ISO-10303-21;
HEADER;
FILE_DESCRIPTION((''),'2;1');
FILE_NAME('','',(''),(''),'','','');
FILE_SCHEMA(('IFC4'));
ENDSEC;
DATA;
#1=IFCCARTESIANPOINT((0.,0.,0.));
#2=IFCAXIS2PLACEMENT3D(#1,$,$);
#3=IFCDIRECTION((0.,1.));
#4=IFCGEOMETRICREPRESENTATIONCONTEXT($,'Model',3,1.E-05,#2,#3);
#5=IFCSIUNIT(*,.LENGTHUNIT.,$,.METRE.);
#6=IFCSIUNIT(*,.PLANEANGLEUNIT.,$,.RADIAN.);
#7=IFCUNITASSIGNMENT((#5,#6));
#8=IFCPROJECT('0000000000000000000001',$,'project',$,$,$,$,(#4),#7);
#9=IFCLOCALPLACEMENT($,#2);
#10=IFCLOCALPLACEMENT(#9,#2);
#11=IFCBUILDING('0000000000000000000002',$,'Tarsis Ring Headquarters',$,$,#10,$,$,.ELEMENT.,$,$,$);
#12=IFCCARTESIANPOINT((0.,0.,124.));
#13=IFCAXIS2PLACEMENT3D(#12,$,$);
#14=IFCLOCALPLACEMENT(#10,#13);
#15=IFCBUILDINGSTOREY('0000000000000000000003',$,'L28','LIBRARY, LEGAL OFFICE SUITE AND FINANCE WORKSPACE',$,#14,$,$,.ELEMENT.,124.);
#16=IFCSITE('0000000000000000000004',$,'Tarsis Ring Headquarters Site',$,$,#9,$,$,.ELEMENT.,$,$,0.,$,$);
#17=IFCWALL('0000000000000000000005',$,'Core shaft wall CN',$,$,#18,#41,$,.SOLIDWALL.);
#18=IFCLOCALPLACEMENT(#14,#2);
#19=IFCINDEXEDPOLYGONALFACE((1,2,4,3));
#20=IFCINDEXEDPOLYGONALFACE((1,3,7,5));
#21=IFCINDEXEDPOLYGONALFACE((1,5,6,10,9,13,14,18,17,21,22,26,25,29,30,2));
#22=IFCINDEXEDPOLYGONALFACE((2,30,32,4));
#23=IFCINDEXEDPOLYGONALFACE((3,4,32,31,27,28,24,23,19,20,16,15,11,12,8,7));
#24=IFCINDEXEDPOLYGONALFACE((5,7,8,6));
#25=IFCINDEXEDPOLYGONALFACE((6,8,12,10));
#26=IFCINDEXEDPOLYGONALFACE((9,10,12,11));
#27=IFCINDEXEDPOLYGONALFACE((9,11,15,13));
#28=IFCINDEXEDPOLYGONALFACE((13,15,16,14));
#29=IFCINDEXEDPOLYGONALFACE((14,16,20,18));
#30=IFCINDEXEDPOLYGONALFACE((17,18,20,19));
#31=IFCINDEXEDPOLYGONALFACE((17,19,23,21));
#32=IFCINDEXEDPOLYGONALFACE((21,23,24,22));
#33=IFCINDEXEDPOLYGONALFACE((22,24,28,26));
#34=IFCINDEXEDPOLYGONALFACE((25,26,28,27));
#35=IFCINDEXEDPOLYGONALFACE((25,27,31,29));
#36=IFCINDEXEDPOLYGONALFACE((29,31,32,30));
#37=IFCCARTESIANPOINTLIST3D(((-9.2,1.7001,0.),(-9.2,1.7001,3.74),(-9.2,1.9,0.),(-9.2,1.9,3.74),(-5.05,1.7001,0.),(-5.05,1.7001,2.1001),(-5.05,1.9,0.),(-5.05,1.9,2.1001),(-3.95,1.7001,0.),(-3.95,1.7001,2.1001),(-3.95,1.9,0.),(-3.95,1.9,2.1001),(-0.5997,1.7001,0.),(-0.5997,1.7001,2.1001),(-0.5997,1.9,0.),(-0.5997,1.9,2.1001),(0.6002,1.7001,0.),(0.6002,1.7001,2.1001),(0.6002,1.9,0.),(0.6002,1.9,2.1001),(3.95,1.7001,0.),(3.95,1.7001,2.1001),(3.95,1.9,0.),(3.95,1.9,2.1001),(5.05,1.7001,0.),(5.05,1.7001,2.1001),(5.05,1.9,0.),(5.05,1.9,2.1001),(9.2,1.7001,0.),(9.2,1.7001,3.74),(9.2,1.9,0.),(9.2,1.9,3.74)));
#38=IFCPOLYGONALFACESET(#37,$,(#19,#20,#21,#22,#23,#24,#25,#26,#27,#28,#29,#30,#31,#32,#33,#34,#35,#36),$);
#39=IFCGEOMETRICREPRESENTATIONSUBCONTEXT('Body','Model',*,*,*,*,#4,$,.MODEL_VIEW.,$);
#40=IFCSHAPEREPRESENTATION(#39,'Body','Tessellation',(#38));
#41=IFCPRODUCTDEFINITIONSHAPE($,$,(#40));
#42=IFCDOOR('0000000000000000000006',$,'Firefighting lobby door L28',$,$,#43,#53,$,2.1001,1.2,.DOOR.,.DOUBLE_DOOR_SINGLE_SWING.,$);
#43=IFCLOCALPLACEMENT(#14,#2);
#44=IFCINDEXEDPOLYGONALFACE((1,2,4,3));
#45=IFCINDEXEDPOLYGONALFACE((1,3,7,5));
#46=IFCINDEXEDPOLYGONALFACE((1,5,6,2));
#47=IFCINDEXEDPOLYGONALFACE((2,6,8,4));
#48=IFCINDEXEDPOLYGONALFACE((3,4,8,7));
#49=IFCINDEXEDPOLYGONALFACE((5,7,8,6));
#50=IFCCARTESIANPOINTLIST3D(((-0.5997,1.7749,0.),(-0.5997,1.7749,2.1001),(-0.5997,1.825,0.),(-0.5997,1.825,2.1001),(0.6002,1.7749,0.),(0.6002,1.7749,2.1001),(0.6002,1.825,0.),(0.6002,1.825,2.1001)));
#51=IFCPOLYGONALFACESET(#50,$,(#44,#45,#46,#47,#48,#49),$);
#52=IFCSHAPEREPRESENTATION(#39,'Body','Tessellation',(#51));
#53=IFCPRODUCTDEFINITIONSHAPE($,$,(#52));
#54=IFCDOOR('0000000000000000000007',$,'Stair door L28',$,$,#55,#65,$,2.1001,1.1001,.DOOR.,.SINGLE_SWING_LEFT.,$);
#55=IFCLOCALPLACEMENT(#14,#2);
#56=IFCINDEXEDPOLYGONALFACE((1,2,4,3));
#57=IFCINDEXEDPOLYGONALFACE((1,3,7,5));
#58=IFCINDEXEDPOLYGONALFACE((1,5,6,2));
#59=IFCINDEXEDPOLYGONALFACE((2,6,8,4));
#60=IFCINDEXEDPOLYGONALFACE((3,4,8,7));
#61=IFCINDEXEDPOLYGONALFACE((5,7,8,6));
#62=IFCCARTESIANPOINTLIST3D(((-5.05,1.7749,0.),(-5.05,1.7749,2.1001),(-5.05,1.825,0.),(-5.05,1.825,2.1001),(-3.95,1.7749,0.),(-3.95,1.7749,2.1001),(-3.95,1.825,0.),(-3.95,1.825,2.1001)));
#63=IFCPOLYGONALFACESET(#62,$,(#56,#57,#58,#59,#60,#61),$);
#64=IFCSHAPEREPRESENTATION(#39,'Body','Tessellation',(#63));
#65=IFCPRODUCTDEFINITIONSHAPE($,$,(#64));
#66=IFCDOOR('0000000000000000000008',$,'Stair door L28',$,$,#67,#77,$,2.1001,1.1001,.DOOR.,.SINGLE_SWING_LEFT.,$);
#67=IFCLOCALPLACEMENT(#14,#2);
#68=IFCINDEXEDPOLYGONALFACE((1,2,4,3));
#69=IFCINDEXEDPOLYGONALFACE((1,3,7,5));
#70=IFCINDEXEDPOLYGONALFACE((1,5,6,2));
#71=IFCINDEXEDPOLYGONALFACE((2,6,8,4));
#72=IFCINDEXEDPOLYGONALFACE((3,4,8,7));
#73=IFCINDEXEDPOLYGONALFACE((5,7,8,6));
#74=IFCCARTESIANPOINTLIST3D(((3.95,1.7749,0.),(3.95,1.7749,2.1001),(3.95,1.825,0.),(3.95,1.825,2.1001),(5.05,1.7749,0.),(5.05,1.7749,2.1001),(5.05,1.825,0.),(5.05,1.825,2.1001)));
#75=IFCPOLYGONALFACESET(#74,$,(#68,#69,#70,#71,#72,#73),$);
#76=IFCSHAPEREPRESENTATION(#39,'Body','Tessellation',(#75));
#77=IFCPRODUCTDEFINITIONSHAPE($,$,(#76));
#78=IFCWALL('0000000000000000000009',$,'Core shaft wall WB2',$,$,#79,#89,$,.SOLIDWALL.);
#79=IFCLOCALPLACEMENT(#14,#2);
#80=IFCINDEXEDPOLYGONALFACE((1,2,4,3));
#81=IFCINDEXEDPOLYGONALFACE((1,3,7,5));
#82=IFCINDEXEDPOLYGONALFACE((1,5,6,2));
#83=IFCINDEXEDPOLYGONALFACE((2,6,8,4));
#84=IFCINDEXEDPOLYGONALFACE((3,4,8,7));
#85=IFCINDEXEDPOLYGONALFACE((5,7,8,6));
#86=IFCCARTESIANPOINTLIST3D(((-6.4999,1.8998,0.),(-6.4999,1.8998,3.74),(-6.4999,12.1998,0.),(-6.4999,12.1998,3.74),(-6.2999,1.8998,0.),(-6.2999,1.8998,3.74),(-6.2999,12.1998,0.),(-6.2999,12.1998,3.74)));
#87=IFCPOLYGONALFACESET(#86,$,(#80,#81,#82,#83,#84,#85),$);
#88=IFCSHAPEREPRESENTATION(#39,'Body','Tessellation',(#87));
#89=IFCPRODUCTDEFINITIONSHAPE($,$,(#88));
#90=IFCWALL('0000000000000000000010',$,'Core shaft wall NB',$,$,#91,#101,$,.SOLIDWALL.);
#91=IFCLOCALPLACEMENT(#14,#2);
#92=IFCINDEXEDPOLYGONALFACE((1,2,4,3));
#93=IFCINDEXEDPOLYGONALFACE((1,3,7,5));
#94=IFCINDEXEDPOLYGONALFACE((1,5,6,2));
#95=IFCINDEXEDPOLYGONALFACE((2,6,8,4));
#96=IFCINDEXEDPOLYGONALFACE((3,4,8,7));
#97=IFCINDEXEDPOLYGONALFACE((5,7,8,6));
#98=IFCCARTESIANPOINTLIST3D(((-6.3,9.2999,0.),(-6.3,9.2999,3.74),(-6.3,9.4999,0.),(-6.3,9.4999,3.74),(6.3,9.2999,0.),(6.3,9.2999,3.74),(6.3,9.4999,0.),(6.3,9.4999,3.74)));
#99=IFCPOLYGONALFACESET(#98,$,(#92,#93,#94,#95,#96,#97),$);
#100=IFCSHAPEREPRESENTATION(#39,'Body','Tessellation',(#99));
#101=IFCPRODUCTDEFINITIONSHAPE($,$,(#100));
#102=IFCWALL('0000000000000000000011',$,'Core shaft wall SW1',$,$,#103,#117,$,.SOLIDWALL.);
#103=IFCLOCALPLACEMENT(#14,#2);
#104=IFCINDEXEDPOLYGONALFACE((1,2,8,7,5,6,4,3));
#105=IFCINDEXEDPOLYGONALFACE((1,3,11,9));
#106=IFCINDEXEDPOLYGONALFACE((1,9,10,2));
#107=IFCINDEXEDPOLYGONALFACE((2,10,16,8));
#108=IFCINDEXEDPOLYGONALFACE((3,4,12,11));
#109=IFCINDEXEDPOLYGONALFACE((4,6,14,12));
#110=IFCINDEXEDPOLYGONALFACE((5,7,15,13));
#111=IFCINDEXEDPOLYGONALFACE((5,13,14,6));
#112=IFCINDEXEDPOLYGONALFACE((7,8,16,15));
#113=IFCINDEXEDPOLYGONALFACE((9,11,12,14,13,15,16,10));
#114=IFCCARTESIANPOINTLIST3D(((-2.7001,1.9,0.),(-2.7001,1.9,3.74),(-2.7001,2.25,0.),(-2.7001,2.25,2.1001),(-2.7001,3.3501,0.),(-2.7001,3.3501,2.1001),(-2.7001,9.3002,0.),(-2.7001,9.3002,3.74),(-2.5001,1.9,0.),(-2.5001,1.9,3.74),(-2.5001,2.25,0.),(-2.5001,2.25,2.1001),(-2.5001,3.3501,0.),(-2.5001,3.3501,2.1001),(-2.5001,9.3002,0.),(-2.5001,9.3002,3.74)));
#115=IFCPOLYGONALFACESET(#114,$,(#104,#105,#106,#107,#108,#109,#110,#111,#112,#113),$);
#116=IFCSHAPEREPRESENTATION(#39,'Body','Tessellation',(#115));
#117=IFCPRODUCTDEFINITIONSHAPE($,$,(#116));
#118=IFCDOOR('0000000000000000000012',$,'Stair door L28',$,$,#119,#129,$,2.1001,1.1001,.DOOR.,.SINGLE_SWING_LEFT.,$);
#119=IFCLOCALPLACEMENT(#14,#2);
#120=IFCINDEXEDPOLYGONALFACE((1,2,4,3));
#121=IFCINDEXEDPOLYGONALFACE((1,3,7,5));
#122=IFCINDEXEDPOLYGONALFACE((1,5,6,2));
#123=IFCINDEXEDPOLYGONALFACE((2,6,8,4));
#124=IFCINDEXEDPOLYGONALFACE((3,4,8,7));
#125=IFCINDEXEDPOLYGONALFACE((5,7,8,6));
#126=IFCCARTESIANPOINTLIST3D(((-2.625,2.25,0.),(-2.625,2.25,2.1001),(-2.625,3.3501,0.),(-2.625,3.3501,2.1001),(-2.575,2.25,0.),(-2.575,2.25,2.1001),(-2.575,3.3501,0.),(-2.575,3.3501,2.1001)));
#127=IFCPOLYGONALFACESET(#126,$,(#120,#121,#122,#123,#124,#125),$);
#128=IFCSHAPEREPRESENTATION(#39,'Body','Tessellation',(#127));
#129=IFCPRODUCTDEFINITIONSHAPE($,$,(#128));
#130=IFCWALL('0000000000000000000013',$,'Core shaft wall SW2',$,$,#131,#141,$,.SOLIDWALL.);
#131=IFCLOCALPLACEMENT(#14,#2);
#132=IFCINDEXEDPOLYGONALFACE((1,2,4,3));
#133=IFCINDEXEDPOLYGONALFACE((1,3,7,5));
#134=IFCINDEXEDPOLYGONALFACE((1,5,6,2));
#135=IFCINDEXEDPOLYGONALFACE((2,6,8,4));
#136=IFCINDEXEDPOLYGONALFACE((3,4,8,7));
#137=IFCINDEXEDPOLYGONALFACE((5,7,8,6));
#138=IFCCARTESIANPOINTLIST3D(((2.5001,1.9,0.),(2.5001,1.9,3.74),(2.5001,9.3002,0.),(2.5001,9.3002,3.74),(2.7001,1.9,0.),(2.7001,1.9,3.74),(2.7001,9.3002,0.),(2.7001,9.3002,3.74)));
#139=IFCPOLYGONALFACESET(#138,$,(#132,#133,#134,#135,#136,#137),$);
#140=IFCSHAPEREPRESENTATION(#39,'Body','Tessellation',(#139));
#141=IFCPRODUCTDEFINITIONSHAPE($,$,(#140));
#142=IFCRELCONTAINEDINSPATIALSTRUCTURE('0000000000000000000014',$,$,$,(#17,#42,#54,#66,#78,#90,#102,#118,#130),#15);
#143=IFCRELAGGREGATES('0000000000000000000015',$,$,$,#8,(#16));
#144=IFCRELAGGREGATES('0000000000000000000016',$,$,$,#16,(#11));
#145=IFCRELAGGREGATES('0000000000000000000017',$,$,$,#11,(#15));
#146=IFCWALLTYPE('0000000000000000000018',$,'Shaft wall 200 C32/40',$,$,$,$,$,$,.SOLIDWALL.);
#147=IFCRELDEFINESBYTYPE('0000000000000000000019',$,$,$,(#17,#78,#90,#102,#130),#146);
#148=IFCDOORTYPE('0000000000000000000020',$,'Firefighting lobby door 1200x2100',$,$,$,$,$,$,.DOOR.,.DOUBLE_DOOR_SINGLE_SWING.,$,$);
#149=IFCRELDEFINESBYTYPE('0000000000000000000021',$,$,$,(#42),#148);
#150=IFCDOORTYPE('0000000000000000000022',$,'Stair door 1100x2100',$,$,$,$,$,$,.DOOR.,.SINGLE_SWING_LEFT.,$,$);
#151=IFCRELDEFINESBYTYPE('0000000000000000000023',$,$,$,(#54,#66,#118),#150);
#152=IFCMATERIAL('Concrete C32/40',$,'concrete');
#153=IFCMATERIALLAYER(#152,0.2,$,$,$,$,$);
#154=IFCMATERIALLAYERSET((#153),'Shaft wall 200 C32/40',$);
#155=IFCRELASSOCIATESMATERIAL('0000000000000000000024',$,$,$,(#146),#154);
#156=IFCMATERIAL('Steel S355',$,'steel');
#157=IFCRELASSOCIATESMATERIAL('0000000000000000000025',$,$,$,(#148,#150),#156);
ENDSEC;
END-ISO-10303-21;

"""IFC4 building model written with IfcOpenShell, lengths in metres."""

from ifc_helpers import new_model, si_unit, direction, frame, frame_2d, origin, place, context, subcontext, project, spatial, rectangle, extrude, material, layer, layer_set, type_object, element, fill, save


model = new_model("IFC4")

# Units and contexts
model_context = context("Model", 3, precision=1e-05, world=origin(), true_north=direction((0.0, 1.0)))
body_context = subcontext(model_context, "Body", "Model", "MODEL_VIEW")
ifc_project = project(units=[si_unit("LENGTHUNIT", "METRE"), si_unit("PLANEANGLEUNIT", "RADIAN")], contexts=[model_context])

# Site, building, storey
site_placement = place(None, origin())
site = spatial("IfcSite", under=ifc_project, at=site_placement, Name="Tarsis Ring Headquarters Site", CompositionType="ELEMENT", RefElevation=0.0)
building_placement = place(site_placement, origin())
building = spatial("IfcBuilding", under=site, at=building_placement, Name="Tarsis Ring Headquarters", CompositionType="ELEMENT")
storey_placement = place(building_placement, frame((0.0, 0.0, 124.0)))
storey = spatial("IfcBuildingStorey", under=building, at=storey_placement, Name="L28", Description="LIBRARY, LEGAL OFFICE SUITE AND FINANCE WORKSPACE", CompositionType="ELEMENT", Elevation=124.0)

# Shared definitions
ifc_material_1 = material(Name="Concrete C32/40", Category="concrete")

# Wall, openings, doors
ifc_layer_1 = layer(ifc_material_1, 0.2)
ifc_layer_set_1 = layer_set([ifc_layer_1], Name="Shaft wall 200 C32/40")
wall_type_1 = type_object("IfcWallType", Name="Shaft wall 200 C32/40", PredefinedType="SOLIDWALL", material=ifc_layer_set_1)
wall_1_placement = place(storey_placement, frame((-9.2, 1.8, 0.0), z_axis=(0.0, 0.0, 1.0), x_axis=(1.0, 0.0, 0.0)))
wall_1 = element("IfcWall", 1, at=wall_1_placement, inside=storey, type_object=wall_type_1, Name="Core shaft wall CN", PredefinedType="SOLIDWALL", context=body_context, shape_type="SweptSolid", body=[
    extrude(rectangle(XDim=18.3999, YDim=0.2, at=frame_2d((9.2, 0.0))), origin(), (0.0, 0.0, 1.0), 3.74),
])
opening_1_placement = place(wall_1_placement, frame((4.1499, 0.0, 0.0)))
opening_1 = element("IfcOpeningElement", 2, at=opening_1_placement, cuts=wall_1, PredefinedType="OPENING", context=body_context, shape_type="SweptSolid", body=[
    extrude(rectangle(XDim=1.1001, YDim=2.1001, at=frame_2d((0.55, 1.05))), frame((0.0, 0.1099, 0.0), z_axis=(0.0, -1.0, 0.0), x_axis=(1.0, 0.0, 0.0)), (0.0, 0.0, 1.0), 0.22),
])
opening_2_placement = place(wall_1_placement, frame((8.6001, 0.0, 0.0)))
opening_2 = element("IfcOpeningElement", 3, at=opening_2_placement, cuts=wall_1, PredefinedType="OPENING", context=body_context, shape_type="SweptSolid", body=[
    extrude(rectangle(XDim=1.2, YDim=2.1001, at=frame_2d((0.6001, 1.05))), frame((0.0, 0.1099, 0.0), z_axis=(0.0, -1.0, 0.0), x_axis=(1.0, 0.0, 0.0)), (0.0, 0.0, 1.0), 0.22),
])
opening_3_placement = place(wall_1_placement, frame((13.1499, 0.0, 0.0)))
opening_3 = element("IfcOpeningElement", 4, at=opening_3_placement, cuts=wall_1, PredefinedType="OPENING", context=body_context, shape_type="SweptSolid", body=[
    extrude(rectangle(XDim=1.1001, YDim=2.1001, at=frame_2d((0.55, 1.05))), frame((0.0, 0.1099, 0.0), z_axis=(0.0, -1.0, 0.0), x_axis=(1.0, 0.0, 0.0)), (0.0, 0.0, 1.0), 0.22),
])
ifc_material_2 = material(Name="Steel S355", Category="steel")
door_type_1 = type_object("IfcDoorType", Name="Firefighting lobby door 1200x2100", OperationType="DOUBLE_DOOR_SINGLE_SWING", PredefinedType="DOOR", material=ifc_material_2)
door_1_placement = place(opening_2_placement, origin())
door_1 = element("IfcDoor", 5, at=door_1_placement, inside=storey, type_object=door_type_1, Name="Firefighting lobby door L28", OperationType="DOUBLE_DOOR_SINGLE_SWING", OverallHeight=2.1001, OverallWidth=1.2, PredefinedType="DOOR", context=body_context, shape_type="SweptSolid", body=[
    extrude(rectangle(XDim=1.2, YDim=2.1001, at=frame_2d((0.6001, 1.05))), frame((0.0, 0.0249, 0.0), z_axis=(0.0, -1.0, 0.0), x_axis=(1.0, 0.0, 0.0)), (0.0, 0.0, 1.0), 0.05),
])
fill(opening_2, door_1)
door_type_2 = type_object("IfcDoorType", Name="Stair door 1100x2100", OperationType="SINGLE_SWING_LEFT", PredefinedType="DOOR", material=ifc_material_2)
door_2_placement = place(opening_1_placement, origin())
door_2 = element("IfcDoor", 6, at=door_2_placement, inside=storey, type_object=door_type_2, Name="Stair door L28", OperationType="SINGLE_SWING_LEFT", OverallHeight=2.1001, OverallWidth=1.1001, PredefinedType="DOOR", context=body_context, shape_type="SweptSolid", body=[
    extrude(rectangle(XDim=1.1001, YDim=2.1001, at=frame_2d((0.55, 1.05))), frame((0.0, 0.0249, 0.0), z_axis=(0.0, -1.0, 0.0), x_axis=(1.0, 0.0, 0.0)), (0.0, 0.0, 1.0), 0.05),
])
fill(opening_1, door_2)
door_3_placement = place(opening_3_placement, origin())
door_3 = element("IfcDoor", 7, at=door_3_placement, inside=storey, type_object=door_type_2, Name="Stair door L28", OperationType="SINGLE_SWING_LEFT", OverallHeight=2.1001, OverallWidth=1.1001, PredefinedType="DOOR", context=body_context, shape_type="SweptSolid", body=[
    extrude(rectangle(XDim=1.1001, YDim=2.1001, at=frame_2d((0.55, 1.05))), frame((0.0, 0.0249, 0.0), z_axis=(0.0, -1.0, 0.0), x_axis=(1.0, 0.0, 0.0)), (0.0, 0.0, 1.0), 0.05),
])
fill(opening_3, door_3)

# Walls
wall_2_placement = place(storey_placement, frame((-6.3999, 1.8999, 0.0), z_axis=(0.0, 0.0, 1.0), x_axis=(0.0, 1.0, 0.0)))
element("IfcWall", 8, at=wall_2_placement, inside=storey, type_object=wall_type_1, Name="Core shaft wall WB2", PredefinedType="SOLIDWALL", context=body_context, shape_type="SweptSolid", body=[
    extrude(rectangle(XDim=10.3, YDim=0.2, at=frame_2d((5.1499, 0.0))), origin(), (0.0, 0.0, 1.0), 3.74),
])
wall_3_placement = place(storey_placement, frame((-6.3, 9.3999, 0.0), z_axis=(0.0, 0.0, 1.0), x_axis=(1.0, 0.0, 0.0)))
element("IfcWall", 9, at=wall_3_placement, inside=storey, type_object=wall_type_1, Name="Core shaft wall NB", PredefinedType="SOLIDWALL", context=body_context, shape_type="SweptSolid", body=[
    extrude(rectangle(XDim=12.6001, YDim=0.2, at=frame_2d((6.3, 0.0))), origin(), (0.0, 0.0, 1.0), 3.74),
])

# Wall, opening, door
wall_4_placement = place(storey_placement, frame((-2.6001, 1.8999, 0.0), z_axis=(0.0, 0.0, 1.0), x_axis=(0.0, 1.0, 0.0)))
wall_4 = element("IfcWall", 10, at=wall_4_placement, inside=storey, type_object=wall_type_1, Name="Core shaft wall SW1", PredefinedType="SOLIDWALL", context=body_context, shape_type="SweptSolid", body=[
    extrude(rectangle(XDim=7.4001, YDim=0.2, at=frame_2d((3.7002, 0.0))), origin(), (0.0, 0.0, 1.0), 3.74),
])
opening_4_placement = place(wall_4_placement, frame((0.3501, 0.0, 0.0)))
opening_4 = element("IfcOpeningElement", 11, at=opening_4_placement, cuts=wall_4, PredefinedType="OPENING", context=body_context, shape_type="SweptSolid", body=[
    extrude(rectangle(XDim=1.1001, YDim=2.1001, at=frame_2d((0.55, 1.05))), frame((0.0, 0.1099, 0.0), z_axis=(0.0, -1.0, 0.0), x_axis=(1.0, 0.0, 0.0)), (0.0, 0.0, 1.0), 0.22),
])
door_4_placement = place(opening_4_placement, origin())
door_4 = element("IfcDoor", 12, at=door_4_placement, inside=storey, type_object=door_type_2, Name="Stair door L28", OperationType="SINGLE_SWING_LEFT", OverallHeight=2.1001, OverallWidth=1.1001, PredefinedType="DOOR", context=body_context, shape_type="SweptSolid", body=[
    extrude(rectangle(XDim=1.1001, YDim=2.1001, at=frame_2d((0.55, 1.05))), frame((0.0, 0.0249, 0.0), z_axis=(0.0, -1.0, 0.0), x_axis=(1.0, 0.0, 0.0)), (0.0, 0.0, 1.0), 0.05),
])
fill(opening_4, door_4)

# Wall
wall_5_placement = place(storey_placement, frame((2.6001, 1.8999, 0.0), z_axis=(0.0, 0.0, 1.0), x_axis=(0.0, 1.0, 0.0)))
element("IfcWall", 13, at=wall_5_placement, inside=storey, type_object=wall_type_1, Name="Core shaft wall SW2", PredefinedType="SOLIDWALL", context=body_context, shape_type="SweptSolid", body=[
    extrude(rectangle(XDim=7.4001, YDim=0.2, at=frame_2d((3.7002, 0.0))), origin(), (0.0, 0.0, 1.0), 3.74),
])

save(model, "model.ifc")
